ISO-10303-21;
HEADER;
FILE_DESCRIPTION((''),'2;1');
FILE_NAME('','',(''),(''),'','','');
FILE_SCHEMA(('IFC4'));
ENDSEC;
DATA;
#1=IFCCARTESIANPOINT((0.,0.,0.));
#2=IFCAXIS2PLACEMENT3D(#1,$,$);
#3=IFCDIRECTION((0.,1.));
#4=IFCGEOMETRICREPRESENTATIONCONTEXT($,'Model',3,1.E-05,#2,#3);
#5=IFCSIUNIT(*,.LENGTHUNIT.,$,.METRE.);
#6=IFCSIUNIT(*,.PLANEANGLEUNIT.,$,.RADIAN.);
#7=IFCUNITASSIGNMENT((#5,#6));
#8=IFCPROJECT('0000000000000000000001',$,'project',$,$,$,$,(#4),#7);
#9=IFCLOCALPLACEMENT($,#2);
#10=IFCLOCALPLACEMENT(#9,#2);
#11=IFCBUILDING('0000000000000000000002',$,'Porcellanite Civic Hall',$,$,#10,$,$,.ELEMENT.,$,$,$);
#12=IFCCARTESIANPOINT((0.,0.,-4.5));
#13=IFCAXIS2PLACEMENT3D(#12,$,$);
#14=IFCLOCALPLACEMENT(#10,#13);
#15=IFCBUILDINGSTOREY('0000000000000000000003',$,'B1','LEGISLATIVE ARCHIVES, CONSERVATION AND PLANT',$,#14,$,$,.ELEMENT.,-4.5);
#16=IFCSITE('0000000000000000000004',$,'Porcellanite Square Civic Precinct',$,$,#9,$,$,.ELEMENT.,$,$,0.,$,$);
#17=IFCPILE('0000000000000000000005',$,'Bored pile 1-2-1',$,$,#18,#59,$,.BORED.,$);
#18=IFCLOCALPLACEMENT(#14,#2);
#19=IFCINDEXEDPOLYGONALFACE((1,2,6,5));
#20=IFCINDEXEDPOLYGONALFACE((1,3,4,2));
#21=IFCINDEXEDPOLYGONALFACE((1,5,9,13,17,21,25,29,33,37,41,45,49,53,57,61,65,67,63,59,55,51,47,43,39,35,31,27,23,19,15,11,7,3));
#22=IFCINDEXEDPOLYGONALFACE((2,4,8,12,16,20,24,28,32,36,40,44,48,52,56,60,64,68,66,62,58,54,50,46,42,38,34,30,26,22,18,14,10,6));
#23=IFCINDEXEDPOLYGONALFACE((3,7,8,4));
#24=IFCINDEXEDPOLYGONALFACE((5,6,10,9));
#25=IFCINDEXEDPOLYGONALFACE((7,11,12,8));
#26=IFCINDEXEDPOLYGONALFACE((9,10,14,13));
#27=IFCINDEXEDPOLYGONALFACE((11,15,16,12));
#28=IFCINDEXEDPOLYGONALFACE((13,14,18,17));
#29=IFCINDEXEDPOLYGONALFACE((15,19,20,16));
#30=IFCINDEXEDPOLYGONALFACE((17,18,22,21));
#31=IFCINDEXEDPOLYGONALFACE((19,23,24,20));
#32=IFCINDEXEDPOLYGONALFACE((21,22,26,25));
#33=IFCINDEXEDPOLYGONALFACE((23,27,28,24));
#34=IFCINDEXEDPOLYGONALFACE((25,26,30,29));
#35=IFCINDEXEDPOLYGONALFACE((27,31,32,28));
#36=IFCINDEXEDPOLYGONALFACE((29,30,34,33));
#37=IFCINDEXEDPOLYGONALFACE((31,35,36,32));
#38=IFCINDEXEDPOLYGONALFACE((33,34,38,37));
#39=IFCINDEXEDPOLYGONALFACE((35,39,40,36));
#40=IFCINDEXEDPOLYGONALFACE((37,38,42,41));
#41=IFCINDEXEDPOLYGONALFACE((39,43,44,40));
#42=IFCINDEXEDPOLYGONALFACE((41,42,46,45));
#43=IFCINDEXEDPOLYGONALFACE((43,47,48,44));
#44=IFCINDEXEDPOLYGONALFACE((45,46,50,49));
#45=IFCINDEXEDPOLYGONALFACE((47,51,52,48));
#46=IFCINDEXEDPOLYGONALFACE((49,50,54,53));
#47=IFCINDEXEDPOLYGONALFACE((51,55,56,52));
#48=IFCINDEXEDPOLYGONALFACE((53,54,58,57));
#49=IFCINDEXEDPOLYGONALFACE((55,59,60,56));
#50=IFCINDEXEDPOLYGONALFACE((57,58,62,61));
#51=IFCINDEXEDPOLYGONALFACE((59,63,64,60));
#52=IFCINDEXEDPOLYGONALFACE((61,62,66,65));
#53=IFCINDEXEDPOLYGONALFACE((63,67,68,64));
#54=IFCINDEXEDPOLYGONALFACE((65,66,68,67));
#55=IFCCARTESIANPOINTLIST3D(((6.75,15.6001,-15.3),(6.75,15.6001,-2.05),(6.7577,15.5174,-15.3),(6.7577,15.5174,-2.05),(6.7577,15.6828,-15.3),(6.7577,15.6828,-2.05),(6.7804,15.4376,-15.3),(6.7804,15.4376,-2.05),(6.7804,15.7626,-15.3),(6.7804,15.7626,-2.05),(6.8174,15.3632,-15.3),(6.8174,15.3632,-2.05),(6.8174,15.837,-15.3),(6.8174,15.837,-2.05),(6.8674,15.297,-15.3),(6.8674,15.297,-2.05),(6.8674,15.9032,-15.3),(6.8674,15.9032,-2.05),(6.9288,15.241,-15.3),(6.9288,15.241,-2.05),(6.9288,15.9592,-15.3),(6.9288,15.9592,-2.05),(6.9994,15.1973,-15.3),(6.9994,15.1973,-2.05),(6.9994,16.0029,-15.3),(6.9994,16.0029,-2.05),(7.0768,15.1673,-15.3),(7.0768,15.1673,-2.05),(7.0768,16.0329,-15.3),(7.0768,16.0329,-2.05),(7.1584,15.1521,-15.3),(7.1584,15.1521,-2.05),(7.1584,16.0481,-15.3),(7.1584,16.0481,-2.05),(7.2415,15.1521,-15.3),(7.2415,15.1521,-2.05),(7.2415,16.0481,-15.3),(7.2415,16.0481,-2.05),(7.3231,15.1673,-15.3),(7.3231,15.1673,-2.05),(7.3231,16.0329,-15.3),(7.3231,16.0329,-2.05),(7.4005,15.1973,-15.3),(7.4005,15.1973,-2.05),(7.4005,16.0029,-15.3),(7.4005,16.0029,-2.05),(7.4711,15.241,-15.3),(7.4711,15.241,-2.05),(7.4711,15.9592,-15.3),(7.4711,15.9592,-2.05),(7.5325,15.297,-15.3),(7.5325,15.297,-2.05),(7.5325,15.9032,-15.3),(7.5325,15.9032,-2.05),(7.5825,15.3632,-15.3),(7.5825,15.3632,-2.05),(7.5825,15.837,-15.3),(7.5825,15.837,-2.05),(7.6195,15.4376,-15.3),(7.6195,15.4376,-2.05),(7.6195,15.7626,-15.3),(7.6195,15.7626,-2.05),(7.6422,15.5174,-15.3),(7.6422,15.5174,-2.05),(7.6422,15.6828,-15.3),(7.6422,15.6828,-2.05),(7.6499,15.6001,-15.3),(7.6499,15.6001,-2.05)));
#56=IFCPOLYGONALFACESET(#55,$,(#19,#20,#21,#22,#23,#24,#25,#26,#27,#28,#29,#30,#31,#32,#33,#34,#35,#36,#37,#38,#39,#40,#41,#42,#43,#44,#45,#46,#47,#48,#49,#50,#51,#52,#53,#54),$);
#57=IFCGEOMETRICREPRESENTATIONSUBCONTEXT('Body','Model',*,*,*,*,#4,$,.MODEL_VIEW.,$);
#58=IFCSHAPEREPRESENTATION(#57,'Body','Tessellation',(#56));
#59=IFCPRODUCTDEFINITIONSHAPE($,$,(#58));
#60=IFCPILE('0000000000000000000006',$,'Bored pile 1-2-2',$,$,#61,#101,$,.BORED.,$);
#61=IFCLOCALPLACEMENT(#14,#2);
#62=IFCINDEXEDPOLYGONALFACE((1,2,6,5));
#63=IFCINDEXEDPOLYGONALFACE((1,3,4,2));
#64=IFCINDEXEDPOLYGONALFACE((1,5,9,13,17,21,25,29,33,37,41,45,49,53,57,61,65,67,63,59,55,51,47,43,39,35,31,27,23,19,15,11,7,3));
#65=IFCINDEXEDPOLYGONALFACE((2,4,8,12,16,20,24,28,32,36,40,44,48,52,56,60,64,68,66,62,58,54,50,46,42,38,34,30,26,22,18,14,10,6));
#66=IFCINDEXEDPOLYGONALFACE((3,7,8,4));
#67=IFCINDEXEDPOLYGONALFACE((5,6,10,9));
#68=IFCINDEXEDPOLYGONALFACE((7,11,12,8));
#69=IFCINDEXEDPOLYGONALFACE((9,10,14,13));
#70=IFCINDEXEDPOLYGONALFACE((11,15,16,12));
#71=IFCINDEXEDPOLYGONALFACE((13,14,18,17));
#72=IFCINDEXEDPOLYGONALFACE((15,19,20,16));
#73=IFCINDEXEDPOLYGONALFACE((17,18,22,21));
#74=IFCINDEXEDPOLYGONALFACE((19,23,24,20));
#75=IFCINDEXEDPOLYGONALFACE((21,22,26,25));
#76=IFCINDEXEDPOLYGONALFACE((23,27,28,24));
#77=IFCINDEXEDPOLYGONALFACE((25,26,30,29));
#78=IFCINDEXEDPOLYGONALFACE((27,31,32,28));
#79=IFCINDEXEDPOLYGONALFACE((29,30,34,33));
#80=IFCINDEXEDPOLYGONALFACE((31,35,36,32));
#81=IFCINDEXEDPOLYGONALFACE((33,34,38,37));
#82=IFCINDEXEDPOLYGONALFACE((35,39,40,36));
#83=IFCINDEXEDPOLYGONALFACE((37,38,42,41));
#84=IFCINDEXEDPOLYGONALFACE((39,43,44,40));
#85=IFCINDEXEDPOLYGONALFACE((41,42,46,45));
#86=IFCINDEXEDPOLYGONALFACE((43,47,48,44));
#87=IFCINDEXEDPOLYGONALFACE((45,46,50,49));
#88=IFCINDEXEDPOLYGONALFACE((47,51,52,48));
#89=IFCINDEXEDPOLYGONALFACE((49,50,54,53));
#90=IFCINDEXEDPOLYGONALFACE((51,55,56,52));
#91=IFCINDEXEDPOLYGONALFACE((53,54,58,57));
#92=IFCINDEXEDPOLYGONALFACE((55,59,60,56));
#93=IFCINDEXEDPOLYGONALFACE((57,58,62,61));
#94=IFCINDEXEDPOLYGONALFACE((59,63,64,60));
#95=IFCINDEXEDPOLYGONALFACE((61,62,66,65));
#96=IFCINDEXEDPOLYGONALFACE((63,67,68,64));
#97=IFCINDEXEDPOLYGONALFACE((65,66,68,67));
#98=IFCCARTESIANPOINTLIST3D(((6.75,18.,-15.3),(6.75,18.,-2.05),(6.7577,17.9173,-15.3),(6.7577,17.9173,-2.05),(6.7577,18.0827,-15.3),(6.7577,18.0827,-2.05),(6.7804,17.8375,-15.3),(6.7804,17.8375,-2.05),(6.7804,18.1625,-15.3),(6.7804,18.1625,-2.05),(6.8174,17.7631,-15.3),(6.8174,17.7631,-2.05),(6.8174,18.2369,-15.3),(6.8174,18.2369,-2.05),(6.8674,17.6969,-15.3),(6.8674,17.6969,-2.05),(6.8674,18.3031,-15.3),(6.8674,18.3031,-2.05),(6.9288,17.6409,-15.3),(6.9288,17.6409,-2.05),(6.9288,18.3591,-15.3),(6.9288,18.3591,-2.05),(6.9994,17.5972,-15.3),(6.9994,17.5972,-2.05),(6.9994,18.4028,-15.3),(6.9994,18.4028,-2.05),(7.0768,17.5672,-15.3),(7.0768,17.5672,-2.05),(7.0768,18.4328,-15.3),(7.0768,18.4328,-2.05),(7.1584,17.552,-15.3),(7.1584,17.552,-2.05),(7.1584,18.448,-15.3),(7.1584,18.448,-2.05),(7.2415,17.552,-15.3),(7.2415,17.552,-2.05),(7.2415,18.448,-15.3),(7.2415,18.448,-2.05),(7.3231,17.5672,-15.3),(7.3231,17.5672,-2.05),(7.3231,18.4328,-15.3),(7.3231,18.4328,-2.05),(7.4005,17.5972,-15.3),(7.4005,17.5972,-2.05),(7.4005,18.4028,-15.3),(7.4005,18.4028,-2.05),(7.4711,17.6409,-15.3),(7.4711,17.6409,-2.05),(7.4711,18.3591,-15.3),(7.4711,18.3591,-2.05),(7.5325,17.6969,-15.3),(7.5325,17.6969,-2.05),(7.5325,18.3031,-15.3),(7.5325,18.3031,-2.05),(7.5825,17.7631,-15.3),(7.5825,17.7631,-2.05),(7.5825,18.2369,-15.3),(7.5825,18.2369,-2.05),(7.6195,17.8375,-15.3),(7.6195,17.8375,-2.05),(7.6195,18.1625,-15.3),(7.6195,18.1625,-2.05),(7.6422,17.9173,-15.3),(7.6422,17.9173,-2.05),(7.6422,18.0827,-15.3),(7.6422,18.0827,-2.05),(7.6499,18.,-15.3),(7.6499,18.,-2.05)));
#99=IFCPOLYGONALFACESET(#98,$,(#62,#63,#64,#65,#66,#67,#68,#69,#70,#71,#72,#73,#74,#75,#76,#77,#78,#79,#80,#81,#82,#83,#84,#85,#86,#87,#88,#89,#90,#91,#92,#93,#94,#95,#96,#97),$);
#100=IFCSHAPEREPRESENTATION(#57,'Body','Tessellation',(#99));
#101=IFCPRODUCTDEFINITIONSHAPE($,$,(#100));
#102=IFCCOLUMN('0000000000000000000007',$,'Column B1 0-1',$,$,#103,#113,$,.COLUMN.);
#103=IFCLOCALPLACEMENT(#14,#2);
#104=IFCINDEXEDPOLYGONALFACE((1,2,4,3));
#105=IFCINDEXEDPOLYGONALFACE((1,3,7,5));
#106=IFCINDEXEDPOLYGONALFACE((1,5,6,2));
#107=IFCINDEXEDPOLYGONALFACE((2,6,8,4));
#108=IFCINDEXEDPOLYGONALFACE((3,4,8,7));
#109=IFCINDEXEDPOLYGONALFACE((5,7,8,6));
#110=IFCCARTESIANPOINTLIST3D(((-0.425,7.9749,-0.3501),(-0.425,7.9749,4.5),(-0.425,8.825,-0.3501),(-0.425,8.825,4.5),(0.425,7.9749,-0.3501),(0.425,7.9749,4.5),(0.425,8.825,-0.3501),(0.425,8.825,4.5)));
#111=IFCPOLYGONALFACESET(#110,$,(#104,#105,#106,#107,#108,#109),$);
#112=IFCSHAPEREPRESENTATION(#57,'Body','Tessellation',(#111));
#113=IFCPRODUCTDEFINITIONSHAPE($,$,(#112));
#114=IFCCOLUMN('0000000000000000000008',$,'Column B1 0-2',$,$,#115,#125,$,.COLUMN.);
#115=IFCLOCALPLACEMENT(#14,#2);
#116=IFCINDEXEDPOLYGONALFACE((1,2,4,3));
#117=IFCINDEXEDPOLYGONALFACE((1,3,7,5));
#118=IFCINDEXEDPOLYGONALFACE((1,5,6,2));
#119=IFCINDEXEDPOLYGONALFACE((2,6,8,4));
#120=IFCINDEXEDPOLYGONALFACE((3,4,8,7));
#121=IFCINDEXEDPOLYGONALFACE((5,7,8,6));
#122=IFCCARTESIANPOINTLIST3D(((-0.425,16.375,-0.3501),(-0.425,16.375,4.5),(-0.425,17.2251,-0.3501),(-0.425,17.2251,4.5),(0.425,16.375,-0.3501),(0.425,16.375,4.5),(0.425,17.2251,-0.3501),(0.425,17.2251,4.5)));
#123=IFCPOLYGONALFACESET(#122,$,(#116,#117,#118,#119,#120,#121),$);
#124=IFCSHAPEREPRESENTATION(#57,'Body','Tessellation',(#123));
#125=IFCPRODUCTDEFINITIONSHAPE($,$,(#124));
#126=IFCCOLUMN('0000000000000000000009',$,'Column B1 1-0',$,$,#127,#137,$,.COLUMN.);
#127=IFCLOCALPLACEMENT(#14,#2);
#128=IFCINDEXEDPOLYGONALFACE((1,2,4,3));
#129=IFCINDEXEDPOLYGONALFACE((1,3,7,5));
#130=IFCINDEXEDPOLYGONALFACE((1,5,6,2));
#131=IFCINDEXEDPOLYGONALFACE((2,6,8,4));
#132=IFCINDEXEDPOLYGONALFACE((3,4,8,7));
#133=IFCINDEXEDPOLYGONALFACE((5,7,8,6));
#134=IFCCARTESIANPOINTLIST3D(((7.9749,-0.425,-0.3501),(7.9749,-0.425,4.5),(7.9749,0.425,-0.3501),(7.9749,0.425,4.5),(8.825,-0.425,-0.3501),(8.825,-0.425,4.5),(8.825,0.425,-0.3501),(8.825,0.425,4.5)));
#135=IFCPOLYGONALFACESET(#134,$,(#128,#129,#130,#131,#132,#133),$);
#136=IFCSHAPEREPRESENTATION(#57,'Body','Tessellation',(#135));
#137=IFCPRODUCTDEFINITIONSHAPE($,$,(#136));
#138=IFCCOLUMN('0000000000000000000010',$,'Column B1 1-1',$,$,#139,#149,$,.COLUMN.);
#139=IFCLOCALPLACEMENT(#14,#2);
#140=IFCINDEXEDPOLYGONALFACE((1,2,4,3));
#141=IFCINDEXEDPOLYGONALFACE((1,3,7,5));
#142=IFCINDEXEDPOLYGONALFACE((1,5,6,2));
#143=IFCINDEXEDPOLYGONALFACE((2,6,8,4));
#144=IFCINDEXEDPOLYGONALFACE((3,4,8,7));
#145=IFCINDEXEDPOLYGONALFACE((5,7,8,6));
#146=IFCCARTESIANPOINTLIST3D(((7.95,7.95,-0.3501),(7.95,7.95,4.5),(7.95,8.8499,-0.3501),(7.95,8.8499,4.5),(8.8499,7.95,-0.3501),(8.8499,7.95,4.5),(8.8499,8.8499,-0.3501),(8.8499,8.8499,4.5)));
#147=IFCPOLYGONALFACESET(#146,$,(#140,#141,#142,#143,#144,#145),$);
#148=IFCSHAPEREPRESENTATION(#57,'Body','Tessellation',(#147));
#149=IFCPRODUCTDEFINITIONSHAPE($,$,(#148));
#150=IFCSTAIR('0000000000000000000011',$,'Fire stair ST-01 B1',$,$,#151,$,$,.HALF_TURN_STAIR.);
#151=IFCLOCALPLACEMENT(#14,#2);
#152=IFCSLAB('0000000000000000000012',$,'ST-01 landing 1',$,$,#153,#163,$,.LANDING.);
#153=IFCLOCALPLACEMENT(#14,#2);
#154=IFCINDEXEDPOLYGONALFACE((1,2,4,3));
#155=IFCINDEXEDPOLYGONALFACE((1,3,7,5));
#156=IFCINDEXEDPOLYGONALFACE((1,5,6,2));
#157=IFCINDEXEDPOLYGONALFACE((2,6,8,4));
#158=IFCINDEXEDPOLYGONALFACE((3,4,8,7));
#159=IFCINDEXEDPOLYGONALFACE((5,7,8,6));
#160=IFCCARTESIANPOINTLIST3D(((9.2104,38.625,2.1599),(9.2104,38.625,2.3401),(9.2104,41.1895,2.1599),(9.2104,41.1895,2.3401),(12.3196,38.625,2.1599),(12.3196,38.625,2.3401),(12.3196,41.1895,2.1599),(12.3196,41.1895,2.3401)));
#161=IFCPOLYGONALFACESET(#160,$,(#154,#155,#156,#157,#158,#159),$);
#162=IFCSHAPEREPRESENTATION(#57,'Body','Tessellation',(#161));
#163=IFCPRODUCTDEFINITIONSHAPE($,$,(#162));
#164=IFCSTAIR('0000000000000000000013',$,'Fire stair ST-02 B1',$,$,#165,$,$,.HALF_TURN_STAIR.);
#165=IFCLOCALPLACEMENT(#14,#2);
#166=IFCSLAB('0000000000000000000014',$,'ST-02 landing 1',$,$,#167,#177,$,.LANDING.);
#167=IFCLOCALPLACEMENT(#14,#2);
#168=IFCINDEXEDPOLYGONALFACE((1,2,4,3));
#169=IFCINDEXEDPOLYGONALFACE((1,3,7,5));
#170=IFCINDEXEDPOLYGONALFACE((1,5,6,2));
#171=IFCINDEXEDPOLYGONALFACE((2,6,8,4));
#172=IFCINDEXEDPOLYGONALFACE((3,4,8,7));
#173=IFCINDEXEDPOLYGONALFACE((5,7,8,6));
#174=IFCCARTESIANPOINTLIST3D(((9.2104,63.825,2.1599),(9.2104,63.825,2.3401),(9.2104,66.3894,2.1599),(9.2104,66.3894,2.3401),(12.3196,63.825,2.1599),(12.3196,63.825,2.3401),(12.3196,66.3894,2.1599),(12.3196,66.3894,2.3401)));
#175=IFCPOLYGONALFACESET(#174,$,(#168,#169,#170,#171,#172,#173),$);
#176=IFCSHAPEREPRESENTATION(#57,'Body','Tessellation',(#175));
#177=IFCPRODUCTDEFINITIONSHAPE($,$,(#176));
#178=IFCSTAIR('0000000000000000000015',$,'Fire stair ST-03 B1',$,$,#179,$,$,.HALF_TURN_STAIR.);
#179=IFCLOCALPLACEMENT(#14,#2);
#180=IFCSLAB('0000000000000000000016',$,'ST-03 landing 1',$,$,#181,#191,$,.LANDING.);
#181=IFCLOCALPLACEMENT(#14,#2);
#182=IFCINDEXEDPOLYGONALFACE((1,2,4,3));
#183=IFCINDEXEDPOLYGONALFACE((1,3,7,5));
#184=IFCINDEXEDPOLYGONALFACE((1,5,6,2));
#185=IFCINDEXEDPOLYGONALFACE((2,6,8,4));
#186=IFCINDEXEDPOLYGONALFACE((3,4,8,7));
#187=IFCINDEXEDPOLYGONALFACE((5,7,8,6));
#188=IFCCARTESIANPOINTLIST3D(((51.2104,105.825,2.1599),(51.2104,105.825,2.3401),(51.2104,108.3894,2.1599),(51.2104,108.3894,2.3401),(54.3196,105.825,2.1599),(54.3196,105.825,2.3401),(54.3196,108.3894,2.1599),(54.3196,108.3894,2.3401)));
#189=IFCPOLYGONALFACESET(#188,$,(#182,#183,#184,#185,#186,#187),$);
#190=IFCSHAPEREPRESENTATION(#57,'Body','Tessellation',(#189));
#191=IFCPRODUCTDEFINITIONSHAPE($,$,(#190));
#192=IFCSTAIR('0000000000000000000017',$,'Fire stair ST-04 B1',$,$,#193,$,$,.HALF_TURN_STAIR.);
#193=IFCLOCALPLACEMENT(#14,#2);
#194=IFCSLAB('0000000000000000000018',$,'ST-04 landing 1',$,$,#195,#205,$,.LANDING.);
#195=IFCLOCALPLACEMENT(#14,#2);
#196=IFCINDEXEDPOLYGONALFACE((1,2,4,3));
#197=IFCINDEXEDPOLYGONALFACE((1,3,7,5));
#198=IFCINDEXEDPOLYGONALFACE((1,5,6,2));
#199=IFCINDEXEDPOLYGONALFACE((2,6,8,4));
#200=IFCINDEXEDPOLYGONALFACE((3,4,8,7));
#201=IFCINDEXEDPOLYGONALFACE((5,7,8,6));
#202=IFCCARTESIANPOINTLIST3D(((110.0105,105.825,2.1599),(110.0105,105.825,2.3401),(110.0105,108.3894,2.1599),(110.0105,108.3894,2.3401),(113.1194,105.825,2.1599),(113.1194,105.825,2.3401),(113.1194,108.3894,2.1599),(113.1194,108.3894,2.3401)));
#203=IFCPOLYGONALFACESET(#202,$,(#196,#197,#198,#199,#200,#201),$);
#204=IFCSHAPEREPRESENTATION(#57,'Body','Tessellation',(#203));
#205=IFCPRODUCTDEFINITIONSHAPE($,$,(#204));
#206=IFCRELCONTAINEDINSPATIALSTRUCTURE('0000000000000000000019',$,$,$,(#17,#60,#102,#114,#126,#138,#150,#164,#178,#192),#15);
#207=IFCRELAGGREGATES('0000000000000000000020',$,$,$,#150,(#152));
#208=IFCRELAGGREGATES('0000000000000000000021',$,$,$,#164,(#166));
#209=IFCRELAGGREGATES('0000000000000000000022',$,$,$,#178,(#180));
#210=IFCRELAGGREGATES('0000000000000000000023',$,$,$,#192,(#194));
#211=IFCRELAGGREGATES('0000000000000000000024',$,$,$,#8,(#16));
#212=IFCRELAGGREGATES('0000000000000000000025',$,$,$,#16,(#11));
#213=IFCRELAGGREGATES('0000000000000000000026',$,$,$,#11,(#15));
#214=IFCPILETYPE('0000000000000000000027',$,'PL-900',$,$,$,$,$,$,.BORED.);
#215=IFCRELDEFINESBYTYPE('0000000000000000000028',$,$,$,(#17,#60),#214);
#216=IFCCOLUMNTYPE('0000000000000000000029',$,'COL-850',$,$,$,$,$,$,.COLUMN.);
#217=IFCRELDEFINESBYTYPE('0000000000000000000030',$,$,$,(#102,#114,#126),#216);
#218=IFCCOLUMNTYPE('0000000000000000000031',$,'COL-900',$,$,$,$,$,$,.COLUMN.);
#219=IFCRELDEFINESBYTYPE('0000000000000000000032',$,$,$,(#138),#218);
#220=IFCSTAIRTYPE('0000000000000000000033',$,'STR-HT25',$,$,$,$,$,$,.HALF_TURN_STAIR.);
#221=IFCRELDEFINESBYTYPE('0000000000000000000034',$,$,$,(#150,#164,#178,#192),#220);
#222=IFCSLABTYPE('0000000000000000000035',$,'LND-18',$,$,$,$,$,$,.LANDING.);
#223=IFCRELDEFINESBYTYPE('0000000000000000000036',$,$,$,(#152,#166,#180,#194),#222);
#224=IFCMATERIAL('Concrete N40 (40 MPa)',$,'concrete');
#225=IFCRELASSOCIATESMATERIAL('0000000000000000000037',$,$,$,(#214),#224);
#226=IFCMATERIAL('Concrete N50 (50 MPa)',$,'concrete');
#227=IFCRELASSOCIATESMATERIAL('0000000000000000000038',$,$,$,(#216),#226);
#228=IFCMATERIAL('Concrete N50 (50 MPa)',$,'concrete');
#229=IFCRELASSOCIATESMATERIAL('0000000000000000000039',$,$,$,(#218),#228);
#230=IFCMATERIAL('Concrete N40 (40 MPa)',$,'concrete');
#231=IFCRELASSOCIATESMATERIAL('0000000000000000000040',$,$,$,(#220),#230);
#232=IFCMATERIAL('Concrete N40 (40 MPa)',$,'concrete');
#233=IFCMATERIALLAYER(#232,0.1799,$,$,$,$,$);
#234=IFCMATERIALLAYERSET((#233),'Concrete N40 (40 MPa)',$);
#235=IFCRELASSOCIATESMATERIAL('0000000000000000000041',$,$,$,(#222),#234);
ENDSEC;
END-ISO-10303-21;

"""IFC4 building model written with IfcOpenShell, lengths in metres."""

from ifc_helpers import new_model, si_unit, direction, frame, origin, origin_2d, place, context, subcontext, project, spatial, polyline, rectangle, circle, outline, extrude, material, layer, layer_set, material_profile, profile_set, type_object, element, aggregate, save


model = new_model("IFC4")

# Units and contexts
model_context = context("Model", 3, precision=1e-05, world=origin(), true_north=direction((0.0, 1.0)))
body_context = subcontext(model_context, "Body", "Model", "MODEL_VIEW")
ifc_project = project(units=[si_unit("LENGTHUNIT", "METRE"), si_unit("PLANEANGLEUNIT", "RADIAN")], contexts=[model_context])

# Site, building, storey
site_placement = place(None, origin())
site = spatial("IfcSite", under=ifc_project, at=site_placement, Name="Porcellanite Square Civic Precinct", CompositionType="ELEMENT", RefElevation=0.0)
building_placement = place(site_placement, origin())
building = spatial("IfcBuilding", under=site, at=building_placement, Name="Porcellanite Civic Hall", CompositionType="ELEMENT")
storey_placement = place(building_placement, frame((0.0, 0.0, -4.5)))
storey = spatial("IfcBuildingStorey", under=building, at=storey_placement, Name="B1", Description="LEGISLATIVE ARCHIVES, CONSERVATION AND PLANT", CompositionType="ELEMENT", Elevation=-4.5)

# Piles
ifc_material_1 = material(Name="Concrete N40 (40 MPa)", Category="concrete")
ifc_material_profile_1 = material_profile(ifc_material_1, circle(Radius=0.45, at=origin_2d()), Name="PILE-D900")
ifc_profile_set_1 = profile_set([ifc_material_profile_1], Name="Concrete N40 (40 MPa)")
pile_type_1 = type_object("IfcPileType", Name="PL-900", PredefinedType="BORED", material=ifc_profile_set_1)
for number, where, z_axis, x_axis, name in (
    (1, (7.2, 15.6001, -2.05), (0.0, 0.0, -1.0), (1.0, 0.0, 0.0), "Bored pile 1-2-1"),
    (2, (7.2, 18.0, -2.05), (0.0, 0.0, -1.0), (1.0, 0.0, 0.0), "Bored pile 1-2-2"),
):
    element("IfcPile", number, at=place(storey_placement, frame(where, z_axis=z_axis, x_axis=x_axis)), inside=storey, type_object=pile_type_1, Name=name, PredefinedType="BORED", context=body_context, shape_type="SweptSolid", body=[
        extrude(circle(Radius=0.45, at=origin_2d()), origin(), (0.0, 0.0, 1.0), 13.25),
    ])

# Columns
ifc_material_2 = material(Name="Concrete N50 (50 MPa)", Category="concrete")
ifc_material_profile_2 = material_profile(ifc_material_2, rectangle(XDim=0.8501, YDim=0.8501, at=origin_2d()), Name="RC-850x850")
ifc_profile_set_2 = profile_set([ifc_material_profile_2], Name="Concrete N50 (50 MPa)")
column_type_1 = type_object("IfcColumnType", Name="COL-850", PredefinedType="COLUMN", material=ifc_profile_set_2)
for number, where, z_axis, x_axis, name in (
    (3, (0.0, 8.3999, -0.3501), (0.0, 0.0, 1.0), (1.0, 0.0, 0.0), "Column B1 0-1"),
    (4, (0.0, 16.8, -0.3501), (0.0, 0.0, 1.0), (1.0, 0.0, 0.0), "Column B1 0-2"),
    (5, (8.3999, 0.0, -0.3501), (0.0, 0.0, 1.0), (1.0, 0.0, 0.0), "Column B1 1-0"),
):
    element("IfcColumn", number, at=place(storey_placement, frame(where, z_axis=z_axis, x_axis=x_axis)), inside=storey, type_object=column_type_1, Name=name, PredefinedType="COLUMN", context=body_context, shape_type="SweptSolid", body=[
        extrude(rectangle(XDim=0.8501, YDim=0.8501, at=origin_2d()), origin(), (0.0, 0.0, 1.0), 4.8501),
    ])
ifc_material_3 = material(Name="Concrete N50 (50 MPa)", Category="concrete")
ifc_material_profile_3 = material_profile(ifc_material_3, rectangle(XDim=0.8999, YDim=0.8999, at=origin_2d()), Name="RC-900x900")
ifc_profile_set_3 = profile_set([ifc_material_profile_3], Name="Concrete N50 (50 MPa)")
column_type_2 = type_object("IfcColumnType", Name="COL-900", PredefinedType="COLUMN", material=ifc_profile_set_3)
column_placement = place(storey_placement, frame((8.3999, 8.3999, -0.3501), z_axis=(0.0, 0.0, 1.0), x_axis=(1.0, 0.0, 0.0)))
element("IfcColumn", 6, at=column_placement, inside=storey, type_object=column_type_2, Name="Column B1 1-1", PredefinedType="COLUMN", context=body_context, shape_type="SweptSolid", body=[
    extrude(rectangle(XDim=0.8999, YDim=0.8999, at=origin_2d()), origin(), (0.0, 0.0, 1.0), 4.8501),
])

# Stairs, slabs
ifc_material_4 = material(Name="Concrete N40 (40 MPa)", Category="concrete")
stair_type = type_object("IfcStairType", Name="STR-HT25", PredefinedType="HALF_TURN_STAIR", material=ifc_material_4)
stair_1_placement = place(storey_placement, origin())
stair_1 = element("IfcStair", 7, at=stair_1_placement, inside=storey, type_object=stair_type, Name="Fire stair ST-01 B1", PredefinedType="HALF_TURN_STAIR")
ifc_material_5 = material(Name="Concrete N40 (40 MPa)", Category="concrete")
ifc_layer_1 = layer(ifc_material_5, 0.1799)
ifc_layer_set_1 = layer_set([ifc_layer_1], Name="Concrete N40 (40 MPa)")
slab_type_1 = type_object("IfcSlabType", Name="LND-18", PredefinedType="LANDING", material=ifc_layer_set_1)
slab_1_placement = place(storey_placement, frame((0.0, 0.0, 2.1599)))
slab_1 = element("IfcSlab", 8, at=slab_1_placement, type_object=slab_type_1, Name="ST-01 landing 1", PredefinedType="LANDING", context=body_context, shape_type="SweptSolid", body=[
    extrude(outline(polyline([(9.2104, 38.625), (12.3196, 38.625), (12.3196, 41.1895), (9.2104, 41.1895), (9.2104, 38.625)])), origin(), (0.0, 0.0, 1.0), 0.1802),
])
aggregate(stair_1, [slab_1])
stair_2_placement = place(storey_placement, origin())
stair_2 = element("IfcStair", 9, at=stair_2_placement, inside=storey, type_object=stair_type, Name="Fire stair ST-02 B1", PredefinedType="HALF_TURN_STAIR")
slab_2_placement = place(storey_placement, frame((0.0, 0.0, 2.1599)))
slab_2 = element("IfcSlab", 10, at=slab_2_placement, type_object=slab_type_1, Name="ST-02 landing 1", PredefinedType="LANDING", context=body_context, shape_type="SweptSolid", body=[
    extrude(outline(polyline([(9.2104, 63.825), (12.3196, 63.825), (12.3196, 66.3894), (9.2104, 66.3894), (9.2104, 63.825)])), origin(), (0.0, 0.0, 1.0), 0.1802),
])
aggregate(stair_2, [slab_2])
stair_3_placement = place(storey_placement, origin())
stair_3 = element("IfcStair", 11, at=stair_3_placement, inside=storey, type_object=stair_type, Name="Fire stair ST-03 B1", PredefinedType="HALF_TURN_STAIR")
slab_3_placement = place(storey_placement, frame((0.0, 0.0, 2.1599)))
slab_3 = element("IfcSlab", 12, at=slab_3_placement, type_object=slab_type_1, Name="ST-03 landing 1", PredefinedType="LANDING", context=body_context, shape_type="SweptSolid", body=[
    extrude(outline(polyline([(51.2104, 105.825), (54.3196, 105.825), (54.3196, 108.3894), (51.2104, 108.3894), (51.2104, 105.825)])), origin(), (0.0, 0.0, 1.0), 0.1802),
])
aggregate(stair_3, [slab_3])
stair_4_placement = place(storey_placement, origin())
stair_4 = element("IfcStair", 13, at=stair_4_placement, inside=storey, type_object=stair_type, Name="Fire stair ST-04 B1", PredefinedType="HALF_TURN_STAIR")
slab_4_placement = place(storey_placement, frame((0.0, 0.0, 2.1599)))
slab_4 = element("IfcSlab", 14, at=slab_4_placement, type_object=slab_type_1, Name="ST-04 landing 1", PredefinedType="LANDING", context=body_context, shape_type="SweptSolid", body=[
    extrude(outline(polyline([(110.0105, 105.825), (113.1194, 105.825), (113.1194, 108.3894), (110.0105, 108.3894), (110.0105, 105.825)])), origin(), (0.0, 0.0, 1.0), 0.1802),
])
aggregate(stair_4, [slab_4])

save(model, "model.ifc")
